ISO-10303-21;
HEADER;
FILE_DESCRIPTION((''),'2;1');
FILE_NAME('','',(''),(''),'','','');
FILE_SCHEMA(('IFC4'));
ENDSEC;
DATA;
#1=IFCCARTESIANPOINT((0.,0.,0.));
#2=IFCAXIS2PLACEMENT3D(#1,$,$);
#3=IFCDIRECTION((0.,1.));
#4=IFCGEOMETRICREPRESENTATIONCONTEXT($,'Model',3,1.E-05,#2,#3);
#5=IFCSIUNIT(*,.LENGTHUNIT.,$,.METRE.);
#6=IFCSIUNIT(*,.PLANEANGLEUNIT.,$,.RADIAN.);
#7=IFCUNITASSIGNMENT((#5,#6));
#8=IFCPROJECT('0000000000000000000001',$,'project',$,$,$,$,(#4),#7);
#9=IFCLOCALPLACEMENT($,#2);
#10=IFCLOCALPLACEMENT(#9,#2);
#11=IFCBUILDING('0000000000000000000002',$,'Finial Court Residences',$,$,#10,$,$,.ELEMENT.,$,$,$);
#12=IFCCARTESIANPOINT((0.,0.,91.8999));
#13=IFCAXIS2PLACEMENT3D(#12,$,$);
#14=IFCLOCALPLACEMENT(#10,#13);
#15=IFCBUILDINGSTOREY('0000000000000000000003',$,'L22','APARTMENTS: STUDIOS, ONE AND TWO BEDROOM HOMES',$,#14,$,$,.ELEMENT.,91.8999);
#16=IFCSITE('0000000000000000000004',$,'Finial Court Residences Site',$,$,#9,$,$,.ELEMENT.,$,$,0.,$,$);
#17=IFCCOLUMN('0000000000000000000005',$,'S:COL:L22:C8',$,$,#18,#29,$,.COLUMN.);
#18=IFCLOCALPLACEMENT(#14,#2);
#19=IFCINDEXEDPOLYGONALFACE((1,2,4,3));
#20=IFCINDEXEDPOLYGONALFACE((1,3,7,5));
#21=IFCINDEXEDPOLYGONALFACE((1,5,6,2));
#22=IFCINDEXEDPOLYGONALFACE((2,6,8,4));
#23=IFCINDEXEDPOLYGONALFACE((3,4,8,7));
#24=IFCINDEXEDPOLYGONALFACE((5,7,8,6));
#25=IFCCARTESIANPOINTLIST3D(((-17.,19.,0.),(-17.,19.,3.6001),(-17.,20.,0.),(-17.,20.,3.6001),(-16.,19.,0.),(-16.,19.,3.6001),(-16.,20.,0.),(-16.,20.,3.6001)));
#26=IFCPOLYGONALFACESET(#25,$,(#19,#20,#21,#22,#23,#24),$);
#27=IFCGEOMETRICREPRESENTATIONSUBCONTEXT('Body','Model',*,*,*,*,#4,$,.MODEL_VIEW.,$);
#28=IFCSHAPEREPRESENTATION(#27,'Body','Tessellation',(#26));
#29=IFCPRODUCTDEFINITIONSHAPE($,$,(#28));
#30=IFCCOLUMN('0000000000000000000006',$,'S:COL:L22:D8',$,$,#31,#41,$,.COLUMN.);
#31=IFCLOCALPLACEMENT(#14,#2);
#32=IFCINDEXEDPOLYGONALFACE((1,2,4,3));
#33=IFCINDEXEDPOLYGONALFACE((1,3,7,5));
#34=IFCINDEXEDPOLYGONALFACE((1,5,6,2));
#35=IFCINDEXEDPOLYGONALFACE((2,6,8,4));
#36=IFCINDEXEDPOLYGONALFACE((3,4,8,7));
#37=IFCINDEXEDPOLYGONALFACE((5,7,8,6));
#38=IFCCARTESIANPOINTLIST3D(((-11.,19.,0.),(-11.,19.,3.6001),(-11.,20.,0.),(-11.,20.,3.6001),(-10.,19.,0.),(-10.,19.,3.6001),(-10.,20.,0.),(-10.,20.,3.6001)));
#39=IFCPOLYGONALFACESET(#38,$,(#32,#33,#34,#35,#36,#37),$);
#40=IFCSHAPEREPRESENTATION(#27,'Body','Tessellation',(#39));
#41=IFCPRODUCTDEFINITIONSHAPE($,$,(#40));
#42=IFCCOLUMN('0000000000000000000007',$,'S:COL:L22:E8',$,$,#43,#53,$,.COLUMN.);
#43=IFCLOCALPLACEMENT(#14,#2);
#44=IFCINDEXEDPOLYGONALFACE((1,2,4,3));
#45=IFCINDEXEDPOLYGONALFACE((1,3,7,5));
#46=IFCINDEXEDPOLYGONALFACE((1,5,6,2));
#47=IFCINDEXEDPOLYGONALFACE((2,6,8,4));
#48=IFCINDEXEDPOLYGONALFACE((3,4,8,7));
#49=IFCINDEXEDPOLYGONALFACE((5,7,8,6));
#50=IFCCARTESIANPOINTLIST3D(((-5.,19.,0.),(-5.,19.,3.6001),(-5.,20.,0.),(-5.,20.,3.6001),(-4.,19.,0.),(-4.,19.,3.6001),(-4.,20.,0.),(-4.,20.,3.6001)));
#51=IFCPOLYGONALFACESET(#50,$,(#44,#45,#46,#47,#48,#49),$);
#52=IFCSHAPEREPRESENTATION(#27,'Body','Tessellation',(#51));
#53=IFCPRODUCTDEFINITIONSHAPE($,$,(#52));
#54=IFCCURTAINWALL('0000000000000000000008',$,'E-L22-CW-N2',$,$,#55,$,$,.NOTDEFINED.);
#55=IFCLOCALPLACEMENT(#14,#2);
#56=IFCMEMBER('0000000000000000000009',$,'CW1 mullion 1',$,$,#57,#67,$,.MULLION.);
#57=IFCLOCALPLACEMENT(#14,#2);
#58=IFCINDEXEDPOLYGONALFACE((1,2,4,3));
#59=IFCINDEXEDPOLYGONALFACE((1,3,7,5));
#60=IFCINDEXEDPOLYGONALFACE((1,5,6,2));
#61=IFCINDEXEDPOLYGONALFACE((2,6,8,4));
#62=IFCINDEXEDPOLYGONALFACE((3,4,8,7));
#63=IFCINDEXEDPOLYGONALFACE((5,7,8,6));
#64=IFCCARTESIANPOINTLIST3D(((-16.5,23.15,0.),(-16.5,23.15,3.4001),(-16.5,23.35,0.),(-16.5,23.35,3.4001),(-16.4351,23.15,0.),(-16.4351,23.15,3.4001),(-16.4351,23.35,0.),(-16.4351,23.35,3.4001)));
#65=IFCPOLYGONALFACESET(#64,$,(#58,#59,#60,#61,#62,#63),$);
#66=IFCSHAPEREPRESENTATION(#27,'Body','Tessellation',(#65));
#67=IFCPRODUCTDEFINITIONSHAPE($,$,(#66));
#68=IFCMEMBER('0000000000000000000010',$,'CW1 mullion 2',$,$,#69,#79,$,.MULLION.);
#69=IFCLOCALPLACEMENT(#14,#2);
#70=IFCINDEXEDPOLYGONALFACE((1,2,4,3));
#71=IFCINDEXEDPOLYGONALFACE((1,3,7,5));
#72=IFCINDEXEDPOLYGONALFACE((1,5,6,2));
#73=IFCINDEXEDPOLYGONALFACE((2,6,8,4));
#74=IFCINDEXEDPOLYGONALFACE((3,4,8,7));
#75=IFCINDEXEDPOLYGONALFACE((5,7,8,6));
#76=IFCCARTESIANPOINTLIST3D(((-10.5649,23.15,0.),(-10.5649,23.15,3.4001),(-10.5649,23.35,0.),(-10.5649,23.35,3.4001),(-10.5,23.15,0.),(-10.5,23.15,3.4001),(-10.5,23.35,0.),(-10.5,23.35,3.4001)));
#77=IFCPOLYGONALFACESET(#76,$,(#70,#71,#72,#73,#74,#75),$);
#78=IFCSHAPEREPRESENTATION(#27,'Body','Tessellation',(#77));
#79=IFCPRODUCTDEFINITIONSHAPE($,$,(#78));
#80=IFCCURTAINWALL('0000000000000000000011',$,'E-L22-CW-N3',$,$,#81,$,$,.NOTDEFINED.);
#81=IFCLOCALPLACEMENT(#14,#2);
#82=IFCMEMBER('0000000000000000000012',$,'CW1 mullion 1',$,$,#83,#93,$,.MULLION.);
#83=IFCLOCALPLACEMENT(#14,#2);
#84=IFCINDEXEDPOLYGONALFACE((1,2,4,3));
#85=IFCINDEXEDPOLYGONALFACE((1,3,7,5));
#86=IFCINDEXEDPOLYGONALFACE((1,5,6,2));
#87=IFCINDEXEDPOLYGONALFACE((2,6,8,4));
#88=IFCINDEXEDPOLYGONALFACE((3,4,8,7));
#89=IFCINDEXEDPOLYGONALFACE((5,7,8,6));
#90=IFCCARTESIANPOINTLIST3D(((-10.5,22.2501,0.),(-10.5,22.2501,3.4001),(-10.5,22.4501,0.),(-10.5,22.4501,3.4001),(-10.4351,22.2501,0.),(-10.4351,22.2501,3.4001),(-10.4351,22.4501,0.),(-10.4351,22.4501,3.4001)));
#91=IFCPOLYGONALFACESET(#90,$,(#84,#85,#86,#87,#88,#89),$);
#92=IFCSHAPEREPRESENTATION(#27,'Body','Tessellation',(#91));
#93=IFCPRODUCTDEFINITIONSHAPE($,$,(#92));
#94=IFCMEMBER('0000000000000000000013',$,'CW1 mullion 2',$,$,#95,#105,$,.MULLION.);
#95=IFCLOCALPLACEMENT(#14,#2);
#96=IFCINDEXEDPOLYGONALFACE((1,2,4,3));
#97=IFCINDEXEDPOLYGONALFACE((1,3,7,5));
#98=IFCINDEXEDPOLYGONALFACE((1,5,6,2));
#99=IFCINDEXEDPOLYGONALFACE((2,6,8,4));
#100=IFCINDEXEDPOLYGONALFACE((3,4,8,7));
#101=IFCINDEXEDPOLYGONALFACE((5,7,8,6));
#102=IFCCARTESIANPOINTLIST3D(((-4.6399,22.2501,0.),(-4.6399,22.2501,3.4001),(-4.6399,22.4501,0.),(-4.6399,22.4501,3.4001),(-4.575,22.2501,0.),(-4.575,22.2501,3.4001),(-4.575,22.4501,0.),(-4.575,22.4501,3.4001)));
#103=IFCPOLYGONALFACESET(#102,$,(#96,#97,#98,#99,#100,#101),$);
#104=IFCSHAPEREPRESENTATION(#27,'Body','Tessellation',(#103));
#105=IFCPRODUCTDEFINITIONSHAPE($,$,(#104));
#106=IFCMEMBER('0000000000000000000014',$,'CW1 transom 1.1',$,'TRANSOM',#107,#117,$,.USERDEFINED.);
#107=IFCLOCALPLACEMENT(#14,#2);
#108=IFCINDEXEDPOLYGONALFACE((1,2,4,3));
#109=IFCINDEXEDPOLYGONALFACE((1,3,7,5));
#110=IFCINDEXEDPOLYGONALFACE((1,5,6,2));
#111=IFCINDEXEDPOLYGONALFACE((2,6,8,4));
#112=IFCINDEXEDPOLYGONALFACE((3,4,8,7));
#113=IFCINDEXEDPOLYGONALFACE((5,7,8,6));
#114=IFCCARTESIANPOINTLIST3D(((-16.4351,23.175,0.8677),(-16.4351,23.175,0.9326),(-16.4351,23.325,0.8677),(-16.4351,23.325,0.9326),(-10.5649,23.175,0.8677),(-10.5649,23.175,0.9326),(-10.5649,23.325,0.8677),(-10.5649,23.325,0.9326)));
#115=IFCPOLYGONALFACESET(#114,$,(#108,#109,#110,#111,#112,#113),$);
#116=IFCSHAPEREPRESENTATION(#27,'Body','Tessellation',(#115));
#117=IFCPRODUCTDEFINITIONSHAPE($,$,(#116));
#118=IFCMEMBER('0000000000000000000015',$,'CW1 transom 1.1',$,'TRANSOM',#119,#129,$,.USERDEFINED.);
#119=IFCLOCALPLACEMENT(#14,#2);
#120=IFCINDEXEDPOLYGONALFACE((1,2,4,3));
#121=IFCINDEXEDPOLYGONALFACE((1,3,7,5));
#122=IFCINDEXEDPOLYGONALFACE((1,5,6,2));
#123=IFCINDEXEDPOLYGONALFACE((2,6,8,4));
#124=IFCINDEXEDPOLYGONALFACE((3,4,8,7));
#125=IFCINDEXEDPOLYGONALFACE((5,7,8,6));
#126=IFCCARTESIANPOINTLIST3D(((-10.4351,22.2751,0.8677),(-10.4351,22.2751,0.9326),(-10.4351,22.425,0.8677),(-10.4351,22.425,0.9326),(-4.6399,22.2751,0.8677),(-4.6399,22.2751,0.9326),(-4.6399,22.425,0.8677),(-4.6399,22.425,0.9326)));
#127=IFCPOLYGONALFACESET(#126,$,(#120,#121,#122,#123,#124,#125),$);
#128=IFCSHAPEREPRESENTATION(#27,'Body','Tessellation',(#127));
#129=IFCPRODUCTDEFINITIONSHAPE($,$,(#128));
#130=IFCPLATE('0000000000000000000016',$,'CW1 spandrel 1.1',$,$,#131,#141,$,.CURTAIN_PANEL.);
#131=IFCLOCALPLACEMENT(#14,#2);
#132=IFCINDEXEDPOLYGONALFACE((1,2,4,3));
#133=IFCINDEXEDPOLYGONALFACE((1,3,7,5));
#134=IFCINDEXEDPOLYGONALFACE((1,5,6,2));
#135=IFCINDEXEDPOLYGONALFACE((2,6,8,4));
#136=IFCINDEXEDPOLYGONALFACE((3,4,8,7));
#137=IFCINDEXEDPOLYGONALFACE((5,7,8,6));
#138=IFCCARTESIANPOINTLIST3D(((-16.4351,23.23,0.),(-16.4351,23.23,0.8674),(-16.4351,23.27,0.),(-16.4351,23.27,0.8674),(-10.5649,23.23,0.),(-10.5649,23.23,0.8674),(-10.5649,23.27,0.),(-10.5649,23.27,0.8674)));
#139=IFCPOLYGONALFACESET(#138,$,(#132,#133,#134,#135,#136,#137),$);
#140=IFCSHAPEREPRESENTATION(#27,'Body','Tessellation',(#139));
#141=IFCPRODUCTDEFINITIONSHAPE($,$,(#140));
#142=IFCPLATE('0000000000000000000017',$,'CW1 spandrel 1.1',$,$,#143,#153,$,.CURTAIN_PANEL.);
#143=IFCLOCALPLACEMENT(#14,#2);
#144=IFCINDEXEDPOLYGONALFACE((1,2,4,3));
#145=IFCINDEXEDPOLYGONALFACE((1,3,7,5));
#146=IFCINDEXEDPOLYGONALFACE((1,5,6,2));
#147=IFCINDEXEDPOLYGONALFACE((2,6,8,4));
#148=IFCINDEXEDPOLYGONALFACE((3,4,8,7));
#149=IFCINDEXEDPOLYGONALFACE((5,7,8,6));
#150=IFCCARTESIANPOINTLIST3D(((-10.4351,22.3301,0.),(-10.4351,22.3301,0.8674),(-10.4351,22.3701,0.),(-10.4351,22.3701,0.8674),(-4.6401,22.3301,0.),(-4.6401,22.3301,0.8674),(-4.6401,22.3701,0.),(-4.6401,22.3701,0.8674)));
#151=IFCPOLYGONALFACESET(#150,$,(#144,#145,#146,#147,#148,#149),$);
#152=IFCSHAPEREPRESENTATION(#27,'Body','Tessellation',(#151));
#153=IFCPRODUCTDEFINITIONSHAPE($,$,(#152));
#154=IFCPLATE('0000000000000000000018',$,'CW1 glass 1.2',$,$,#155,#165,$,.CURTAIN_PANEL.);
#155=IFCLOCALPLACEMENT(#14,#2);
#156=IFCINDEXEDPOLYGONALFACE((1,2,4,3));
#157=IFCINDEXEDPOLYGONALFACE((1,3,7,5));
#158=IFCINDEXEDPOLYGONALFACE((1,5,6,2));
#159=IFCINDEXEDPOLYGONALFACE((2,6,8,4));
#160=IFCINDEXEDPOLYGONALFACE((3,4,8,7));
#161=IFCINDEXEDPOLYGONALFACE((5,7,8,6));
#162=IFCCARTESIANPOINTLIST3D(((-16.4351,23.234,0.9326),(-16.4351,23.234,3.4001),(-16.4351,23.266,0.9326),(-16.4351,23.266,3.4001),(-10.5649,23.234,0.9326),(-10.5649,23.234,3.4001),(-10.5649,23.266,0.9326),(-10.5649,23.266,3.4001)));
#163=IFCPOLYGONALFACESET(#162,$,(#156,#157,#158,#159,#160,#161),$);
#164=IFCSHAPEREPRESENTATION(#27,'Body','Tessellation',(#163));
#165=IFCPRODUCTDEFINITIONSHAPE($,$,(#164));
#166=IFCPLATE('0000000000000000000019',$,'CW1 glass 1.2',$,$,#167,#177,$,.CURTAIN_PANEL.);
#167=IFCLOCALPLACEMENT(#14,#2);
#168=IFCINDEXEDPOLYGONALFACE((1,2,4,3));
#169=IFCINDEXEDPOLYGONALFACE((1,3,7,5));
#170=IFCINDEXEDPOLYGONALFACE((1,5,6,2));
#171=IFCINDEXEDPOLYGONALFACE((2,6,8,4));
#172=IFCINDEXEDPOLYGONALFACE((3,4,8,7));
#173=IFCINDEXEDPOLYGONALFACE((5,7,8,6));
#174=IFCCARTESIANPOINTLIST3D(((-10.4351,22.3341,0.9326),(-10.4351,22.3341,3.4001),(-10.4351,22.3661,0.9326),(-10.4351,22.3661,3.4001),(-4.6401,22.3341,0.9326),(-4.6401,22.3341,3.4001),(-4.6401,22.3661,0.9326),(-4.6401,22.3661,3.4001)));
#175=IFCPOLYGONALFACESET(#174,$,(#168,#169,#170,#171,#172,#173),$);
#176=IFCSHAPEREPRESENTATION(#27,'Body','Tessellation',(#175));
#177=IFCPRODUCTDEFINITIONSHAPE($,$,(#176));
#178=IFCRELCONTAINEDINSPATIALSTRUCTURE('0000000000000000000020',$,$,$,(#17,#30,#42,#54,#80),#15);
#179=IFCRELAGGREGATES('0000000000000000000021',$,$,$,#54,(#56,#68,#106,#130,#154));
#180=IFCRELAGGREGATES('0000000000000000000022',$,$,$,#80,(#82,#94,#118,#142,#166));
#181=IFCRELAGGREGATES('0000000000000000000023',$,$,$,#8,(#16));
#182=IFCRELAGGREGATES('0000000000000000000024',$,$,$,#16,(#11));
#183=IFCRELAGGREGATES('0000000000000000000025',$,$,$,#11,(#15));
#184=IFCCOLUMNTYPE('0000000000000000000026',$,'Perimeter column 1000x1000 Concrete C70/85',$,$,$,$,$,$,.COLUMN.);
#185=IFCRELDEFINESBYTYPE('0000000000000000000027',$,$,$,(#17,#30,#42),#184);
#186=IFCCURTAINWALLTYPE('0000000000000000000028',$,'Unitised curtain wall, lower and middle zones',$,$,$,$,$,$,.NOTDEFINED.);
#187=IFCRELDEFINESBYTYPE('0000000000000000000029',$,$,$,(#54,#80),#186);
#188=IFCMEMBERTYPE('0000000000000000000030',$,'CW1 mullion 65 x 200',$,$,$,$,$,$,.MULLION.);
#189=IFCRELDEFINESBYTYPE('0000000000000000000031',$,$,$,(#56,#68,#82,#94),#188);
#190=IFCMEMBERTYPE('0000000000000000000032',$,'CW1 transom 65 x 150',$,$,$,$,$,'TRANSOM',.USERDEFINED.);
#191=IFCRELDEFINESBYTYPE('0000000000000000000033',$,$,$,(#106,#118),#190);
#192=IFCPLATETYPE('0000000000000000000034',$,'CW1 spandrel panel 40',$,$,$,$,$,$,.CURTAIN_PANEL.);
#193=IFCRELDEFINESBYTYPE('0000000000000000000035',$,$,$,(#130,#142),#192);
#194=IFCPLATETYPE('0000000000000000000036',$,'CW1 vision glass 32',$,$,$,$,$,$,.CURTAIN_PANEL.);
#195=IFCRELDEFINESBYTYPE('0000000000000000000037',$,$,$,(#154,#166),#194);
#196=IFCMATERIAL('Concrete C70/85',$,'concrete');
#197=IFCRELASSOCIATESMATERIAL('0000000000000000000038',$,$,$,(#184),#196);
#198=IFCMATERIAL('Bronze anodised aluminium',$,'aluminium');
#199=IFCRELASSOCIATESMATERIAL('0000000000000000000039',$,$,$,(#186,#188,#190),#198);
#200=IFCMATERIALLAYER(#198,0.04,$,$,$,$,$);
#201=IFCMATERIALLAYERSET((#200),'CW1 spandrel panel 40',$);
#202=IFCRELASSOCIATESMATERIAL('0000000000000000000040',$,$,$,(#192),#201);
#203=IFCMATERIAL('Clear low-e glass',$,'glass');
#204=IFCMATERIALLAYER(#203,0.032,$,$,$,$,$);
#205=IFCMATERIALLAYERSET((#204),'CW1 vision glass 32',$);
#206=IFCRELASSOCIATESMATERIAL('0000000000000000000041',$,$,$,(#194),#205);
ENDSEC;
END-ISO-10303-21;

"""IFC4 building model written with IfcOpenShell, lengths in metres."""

from ifc_helpers import new_model, si_unit, direction, frame, origin, origin_2d, place, context, subcontext, project, spatial, rectangle, extrude, material, layer, layer_set, material_profile, profile_set, type_object, element, aggregate, save


model = new_model("IFC4")

# Units and contexts
model_context = context("Model", 3, precision=1e-05, world=origin(), true_north=direction((0.0, 1.0)))
body_context = subcontext(model_context, "Body", "Model", "MODEL_VIEW")
ifc_project = project(units=[si_unit("LENGTHUNIT", "METRE"), si_unit("PLANEANGLEUNIT", "RADIAN")], contexts=[model_context])

# Site, building, storey
site_placement = place(None, origin())
site = spatial("IfcSite", under=ifc_project, at=site_placement, Name="Finial Court Residences Site", CompositionType="ELEMENT", RefElevation=0.0)
building_placement = place(site_placement, origin())
building = spatial("IfcBuilding", under=site, at=building_placement, Name="Finial Court Residences", CompositionType="ELEMENT")
storey_placement = place(building_placement, frame((0.0, 0.0, 91.8999)))
storey = spatial("IfcBuildingStorey", under=building, at=storey_placement, Name="L22", Description="APARTMENTS: STUDIOS, ONE AND TWO BEDROOM HOMES", CompositionType="ELEMENT", Elevation=91.8999)

# Columns
ifc_material_1 = material(Name="Concrete C70/85", Category="concrete")
ifc_material_profile_1 = material_profile(ifc_material_1, rectangle(XDim=1.0, YDim=1.0, at=origin_2d()), Name="1000x1000")
ifc_profile_set_1 = profile_set([ifc_material_profile_1], Name="Concrete C70/85")
column_type = type_object("IfcColumnType", Name="Perimeter column 1000x1000 Concrete C70/85", PredefinedType="COLUMN", material=ifc_profile_set_1)
for number, where, z_axis, x_axis, name in (
    (1, (-16.5, 19.5, 0.0), (0.0, 0.0, 1.0), (1.0, 0.0, 0.0), "S:COL:L22:C8"),
    (2, (-10.5, 19.5, 0.0), (0.0, 0.0, 1.0), (1.0, 0.0, 0.0), "S:COL:L22:D8"),
    (3, (-4.5, 19.5, 0.0), (0.0, 0.0, 1.0), (1.0, 0.0, 0.0), "S:COL:L22:E8"),
):
    element("IfcColumn", number, at=place(storey_placement, frame(where, z_axis=z_axis, x_axis=x_axis)), inside=storey, type_object=column_type, Name=name, PredefinedType="COLUMN", context=body_context, shape_type="SweptSolid", body=[
        extrude(rectangle(XDim=1.0, YDim=1.0, at=origin_2d()), origin(), (0.0, 0.0, 1.0), 3.6001),
    ])

# Curtain walls, members
ifc_material_2 = material(Name="Bronze anodised aluminium", Category="aluminium")
curtain_wall_type = type_object("IfcCurtainWallType", Name="Unitised curtain wall, lower and middle zones", PredefinedType="NOTDEFINED", material=ifc_material_2)
curtain_wall_1_placement = place(storey_placement, origin())
curtain_wall_1 = element("IfcCurtainWall", 4, at=curtain_wall_1_placement, inside=storey, type_object=curtain_wall_type, Name="E-L22-CW-N2", PredefinedType="NOTDEFINED")
ifc_material_profile_2 = material_profile(ifc_material_2, rectangle(XDim=0.2, YDim=0.0649, at=origin_2d()), Name="CW1 mullion 65 x 200")
ifc_profile_set_2 = profile_set([ifc_material_profile_2], Name="Bronze anodised aluminium")
member_type_1 = type_object("IfcMemberType", Name="CW1 mullion 65 x 200", PredefinedType="MULLION", material=ifc_profile_set_2)
member_1_placement = place(storey_placement, frame((-16.4675, 23.25, 0.0), z_axis=(0.0, 0.0, 1.0), x_axis=(0.0, 1.0, 0.0)))
member_1 = element("IfcMember", 5, at=member_1_placement, type_object=member_type_1, Name="CW1 mullion 1", PredefinedType="MULLION", context=body_context, shape_type="SweptSolid", body=[
    extrude(rectangle(XDim=0.2, YDim=0.0649, at=origin_2d()), origin(), (0.0, 0.0, 1.0), 3.4001),
])
member_2_placement = place(storey_placement, frame((-10.5325, 23.25, 0.0), z_axis=(0.0, 0.0, 1.0), x_axis=(0.0, 1.0, 0.0)))
member_2 = element("IfcMember", 6, at=member_2_placement, type_object=member_type_1, Name="CW1 mullion 2", PredefinedType="MULLION", context=body_context, shape_type="SweptSolid", body=[
    extrude(rectangle(XDim=0.2, YDim=0.0649, at=origin_2d()), origin(), (0.0, 0.0, 1.0), 3.4001),
])
curtain_wall_2_placement = place(storey_placement, origin())
curtain_wall_2 = element("IfcCurtainWall", 7, at=curtain_wall_2_placement, inside=storey, type_object=curtain_wall_type, Name="E-L22-CW-N3", PredefinedType="NOTDEFINED")
member_3_placement = place(storey_placement, frame((-10.4675, 22.3501, 0.0), z_axis=(0.0, 0.0, 1.0), x_axis=(0.0, 1.0, 0.0)))
member_3 = element("IfcMember", 8, at=member_3_placement, type_object=member_type_1, Name="CW1 mullion 1", PredefinedType="MULLION", context=body_context, shape_type="SweptSolid", body=[
    extrude(rectangle(XDim=0.2, YDim=0.0649, at=origin_2d()), origin(), (0.0, 0.0, 1.0), 3.4001),
])
member_4_placement = place(storey_placement, frame((-4.6074, 22.3501, 0.0), z_axis=(0.0, 0.0, 1.0), x_axis=(0.0, 1.0, 0.0)))
member_4 = element("IfcMember", 9, at=member_4_placement, type_object=member_type_1, Name="CW1 mullion 2", PredefinedType="MULLION", context=body_context, shape_type="SweptSolid", body=[
    extrude(rectangle(XDim=0.2, YDim=0.0649, at=origin_2d()), origin(), (0.0, 0.0, 1.0), 3.4001),
])

# Members
ifc_material_profile_3 = material_profile(ifc_material_2, rectangle(XDim=0.1499, YDim=0.0649, at=origin_2d()), Name="CW1 transom 65 x 150")
ifc_profile_set_3 = profile_set([ifc_material_profile_3], Name="Bronze anodised aluminium")
member_type_2 = type_object("IfcMemberType", Name="CW1 transom 65 x 150", ElementType="TRANSOM", PredefinedType="USERDEFINED", material=ifc_profile_set_3)
member_5_placement = place(storey_placement, frame((-16.4351, 23.25, 0.9001), z_axis=(1.0, 0.0, 0.0), x_axis=(0.0, 1.0, 0.0)))
member_5 = element("IfcMember", 10, at=member_5_placement, type_object=member_type_2, Name="CW1 transom 1.1", ObjectType="TRANSOM", PredefinedType="USERDEFINED", context=body_context, shape_type="SweptSolid", body=[
    extrude(rectangle(XDim=0.1499, YDim=0.0649, at=origin_2d()), origin(), (0.0, 0.0, 1.0), 5.8701),
])
member_6_placement = place(storey_placement, frame((-10.4351, 22.3501, 0.9001), z_axis=(1.0, 0.0, 0.0), x_axis=(0.0, 1.0, 0.0)))
member_6 = element("IfcMember", 11, at=member_6_placement, type_object=member_type_2, Name="CW1 transom 1.1", ObjectType="TRANSOM", PredefinedType="USERDEFINED", context=body_context, shape_type="SweptSolid", body=[
    extrude(rectangle(XDim=0.1499, YDim=0.0649, at=origin_2d()), origin(), (0.0, 0.0, 1.0), 5.7952),
])

# Plates
ifc_layer_1 = layer(ifc_material_2, 0.04)
ifc_layer_set_1 = layer_set([ifc_layer_1], Name="CW1 spandrel panel 40")
plate_type_1 = type_object("IfcPlateType", Name="CW1 spandrel panel 40", PredefinedType="CURTAIN_PANEL", material=ifc_layer_set_1)
plate_1_placement = place(storey_placement, frame((-13.5, 23.25, 0.0), z_axis=(0.0, 0.0, 1.0), x_axis=(1.0, 0.0, 0.0)))
plate_1 = element("IfcPlate", 12, at=plate_1_placement, type_object=plate_type_1, Name="CW1 spandrel 1.1", PredefinedType="CURTAIN_PANEL", context=body_context, shape_type="SweptSolid", body=[
    extrude(rectangle(XDim=5.8701, YDim=0.04, at=origin_2d()), origin(), (0.0, 0.0, 1.0), 0.8674),
])
plate_2_placement = place(storey_placement, frame((-7.5376, 22.3501, 0.0), z_axis=(0.0, 0.0, 1.0), x_axis=(1.0, 0.0, 0.0)))
plate_2 = element("IfcPlate", 13, at=plate_2_placement, type_object=plate_type_1, Name="CW1 spandrel 1.1", PredefinedType="CURTAIN_PANEL", context=body_context, shape_type="SweptSolid", body=[
    extrude(rectangle(XDim=5.7949, YDim=0.04, at=origin_2d()), origin(), (0.0, 0.0, 1.0), 0.8674),
])
ifc_material_3 = material(Name="Clear low-e glass", Category="glass")
ifc_layer_2 = layer(ifc_material_3, 0.032)
ifc_layer_set_2 = layer_set([ifc_layer_2], Name="CW1 vision glass 32")
plate_type_2 = type_object("IfcPlateType", Name="CW1 vision glass 32", PredefinedType="CURTAIN_PANEL", material=ifc_layer_set_2)
plate_3_placement = place(storey_placement, frame((-13.5, 23.25, 0.9326), z_axis=(0.0, 0.0, 1.0), x_axis=(1.0, 0.0, 0.0)))
plate_3 = element("IfcPlate", 14, at=plate_3_placement, type_object=plate_type_2, Name="CW1 glass 1.2", PredefinedType="CURTAIN_PANEL", context=body_context, shape_type="SweptSolid", body=[
    extrude(rectangle(XDim=5.8701, YDim=0.032, at=origin_2d()), origin(), (0.0, 0.0, 1.0), 2.4675),
])
aggregate(curtain_wall_1, [member_1, member_2, member_5, plate_1, plate_3])
plate_4_placement = place(storey_placement, frame((-7.5376, 22.3501, 0.9326), z_axis=(0.0, 0.0, 1.0), x_axis=(1.0, 0.0, 0.0)))
plate_4 = element("IfcPlate", 15, at=plate_4_placement, type_object=plate_type_2, Name="CW1 glass 1.2", PredefinedType="CURTAIN_PANEL", context=body_context, shape_type="SweptSolid", body=[
    extrude(rectangle(XDim=5.7949, YDim=0.032, at=origin_2d()), origin(), (0.0, 0.0, 1.0), 2.4675),
])
aggregate(curtain_wall_2, [member_3, member_4, member_6, plate_2, plate_4])

save(model, "model.ifc")
